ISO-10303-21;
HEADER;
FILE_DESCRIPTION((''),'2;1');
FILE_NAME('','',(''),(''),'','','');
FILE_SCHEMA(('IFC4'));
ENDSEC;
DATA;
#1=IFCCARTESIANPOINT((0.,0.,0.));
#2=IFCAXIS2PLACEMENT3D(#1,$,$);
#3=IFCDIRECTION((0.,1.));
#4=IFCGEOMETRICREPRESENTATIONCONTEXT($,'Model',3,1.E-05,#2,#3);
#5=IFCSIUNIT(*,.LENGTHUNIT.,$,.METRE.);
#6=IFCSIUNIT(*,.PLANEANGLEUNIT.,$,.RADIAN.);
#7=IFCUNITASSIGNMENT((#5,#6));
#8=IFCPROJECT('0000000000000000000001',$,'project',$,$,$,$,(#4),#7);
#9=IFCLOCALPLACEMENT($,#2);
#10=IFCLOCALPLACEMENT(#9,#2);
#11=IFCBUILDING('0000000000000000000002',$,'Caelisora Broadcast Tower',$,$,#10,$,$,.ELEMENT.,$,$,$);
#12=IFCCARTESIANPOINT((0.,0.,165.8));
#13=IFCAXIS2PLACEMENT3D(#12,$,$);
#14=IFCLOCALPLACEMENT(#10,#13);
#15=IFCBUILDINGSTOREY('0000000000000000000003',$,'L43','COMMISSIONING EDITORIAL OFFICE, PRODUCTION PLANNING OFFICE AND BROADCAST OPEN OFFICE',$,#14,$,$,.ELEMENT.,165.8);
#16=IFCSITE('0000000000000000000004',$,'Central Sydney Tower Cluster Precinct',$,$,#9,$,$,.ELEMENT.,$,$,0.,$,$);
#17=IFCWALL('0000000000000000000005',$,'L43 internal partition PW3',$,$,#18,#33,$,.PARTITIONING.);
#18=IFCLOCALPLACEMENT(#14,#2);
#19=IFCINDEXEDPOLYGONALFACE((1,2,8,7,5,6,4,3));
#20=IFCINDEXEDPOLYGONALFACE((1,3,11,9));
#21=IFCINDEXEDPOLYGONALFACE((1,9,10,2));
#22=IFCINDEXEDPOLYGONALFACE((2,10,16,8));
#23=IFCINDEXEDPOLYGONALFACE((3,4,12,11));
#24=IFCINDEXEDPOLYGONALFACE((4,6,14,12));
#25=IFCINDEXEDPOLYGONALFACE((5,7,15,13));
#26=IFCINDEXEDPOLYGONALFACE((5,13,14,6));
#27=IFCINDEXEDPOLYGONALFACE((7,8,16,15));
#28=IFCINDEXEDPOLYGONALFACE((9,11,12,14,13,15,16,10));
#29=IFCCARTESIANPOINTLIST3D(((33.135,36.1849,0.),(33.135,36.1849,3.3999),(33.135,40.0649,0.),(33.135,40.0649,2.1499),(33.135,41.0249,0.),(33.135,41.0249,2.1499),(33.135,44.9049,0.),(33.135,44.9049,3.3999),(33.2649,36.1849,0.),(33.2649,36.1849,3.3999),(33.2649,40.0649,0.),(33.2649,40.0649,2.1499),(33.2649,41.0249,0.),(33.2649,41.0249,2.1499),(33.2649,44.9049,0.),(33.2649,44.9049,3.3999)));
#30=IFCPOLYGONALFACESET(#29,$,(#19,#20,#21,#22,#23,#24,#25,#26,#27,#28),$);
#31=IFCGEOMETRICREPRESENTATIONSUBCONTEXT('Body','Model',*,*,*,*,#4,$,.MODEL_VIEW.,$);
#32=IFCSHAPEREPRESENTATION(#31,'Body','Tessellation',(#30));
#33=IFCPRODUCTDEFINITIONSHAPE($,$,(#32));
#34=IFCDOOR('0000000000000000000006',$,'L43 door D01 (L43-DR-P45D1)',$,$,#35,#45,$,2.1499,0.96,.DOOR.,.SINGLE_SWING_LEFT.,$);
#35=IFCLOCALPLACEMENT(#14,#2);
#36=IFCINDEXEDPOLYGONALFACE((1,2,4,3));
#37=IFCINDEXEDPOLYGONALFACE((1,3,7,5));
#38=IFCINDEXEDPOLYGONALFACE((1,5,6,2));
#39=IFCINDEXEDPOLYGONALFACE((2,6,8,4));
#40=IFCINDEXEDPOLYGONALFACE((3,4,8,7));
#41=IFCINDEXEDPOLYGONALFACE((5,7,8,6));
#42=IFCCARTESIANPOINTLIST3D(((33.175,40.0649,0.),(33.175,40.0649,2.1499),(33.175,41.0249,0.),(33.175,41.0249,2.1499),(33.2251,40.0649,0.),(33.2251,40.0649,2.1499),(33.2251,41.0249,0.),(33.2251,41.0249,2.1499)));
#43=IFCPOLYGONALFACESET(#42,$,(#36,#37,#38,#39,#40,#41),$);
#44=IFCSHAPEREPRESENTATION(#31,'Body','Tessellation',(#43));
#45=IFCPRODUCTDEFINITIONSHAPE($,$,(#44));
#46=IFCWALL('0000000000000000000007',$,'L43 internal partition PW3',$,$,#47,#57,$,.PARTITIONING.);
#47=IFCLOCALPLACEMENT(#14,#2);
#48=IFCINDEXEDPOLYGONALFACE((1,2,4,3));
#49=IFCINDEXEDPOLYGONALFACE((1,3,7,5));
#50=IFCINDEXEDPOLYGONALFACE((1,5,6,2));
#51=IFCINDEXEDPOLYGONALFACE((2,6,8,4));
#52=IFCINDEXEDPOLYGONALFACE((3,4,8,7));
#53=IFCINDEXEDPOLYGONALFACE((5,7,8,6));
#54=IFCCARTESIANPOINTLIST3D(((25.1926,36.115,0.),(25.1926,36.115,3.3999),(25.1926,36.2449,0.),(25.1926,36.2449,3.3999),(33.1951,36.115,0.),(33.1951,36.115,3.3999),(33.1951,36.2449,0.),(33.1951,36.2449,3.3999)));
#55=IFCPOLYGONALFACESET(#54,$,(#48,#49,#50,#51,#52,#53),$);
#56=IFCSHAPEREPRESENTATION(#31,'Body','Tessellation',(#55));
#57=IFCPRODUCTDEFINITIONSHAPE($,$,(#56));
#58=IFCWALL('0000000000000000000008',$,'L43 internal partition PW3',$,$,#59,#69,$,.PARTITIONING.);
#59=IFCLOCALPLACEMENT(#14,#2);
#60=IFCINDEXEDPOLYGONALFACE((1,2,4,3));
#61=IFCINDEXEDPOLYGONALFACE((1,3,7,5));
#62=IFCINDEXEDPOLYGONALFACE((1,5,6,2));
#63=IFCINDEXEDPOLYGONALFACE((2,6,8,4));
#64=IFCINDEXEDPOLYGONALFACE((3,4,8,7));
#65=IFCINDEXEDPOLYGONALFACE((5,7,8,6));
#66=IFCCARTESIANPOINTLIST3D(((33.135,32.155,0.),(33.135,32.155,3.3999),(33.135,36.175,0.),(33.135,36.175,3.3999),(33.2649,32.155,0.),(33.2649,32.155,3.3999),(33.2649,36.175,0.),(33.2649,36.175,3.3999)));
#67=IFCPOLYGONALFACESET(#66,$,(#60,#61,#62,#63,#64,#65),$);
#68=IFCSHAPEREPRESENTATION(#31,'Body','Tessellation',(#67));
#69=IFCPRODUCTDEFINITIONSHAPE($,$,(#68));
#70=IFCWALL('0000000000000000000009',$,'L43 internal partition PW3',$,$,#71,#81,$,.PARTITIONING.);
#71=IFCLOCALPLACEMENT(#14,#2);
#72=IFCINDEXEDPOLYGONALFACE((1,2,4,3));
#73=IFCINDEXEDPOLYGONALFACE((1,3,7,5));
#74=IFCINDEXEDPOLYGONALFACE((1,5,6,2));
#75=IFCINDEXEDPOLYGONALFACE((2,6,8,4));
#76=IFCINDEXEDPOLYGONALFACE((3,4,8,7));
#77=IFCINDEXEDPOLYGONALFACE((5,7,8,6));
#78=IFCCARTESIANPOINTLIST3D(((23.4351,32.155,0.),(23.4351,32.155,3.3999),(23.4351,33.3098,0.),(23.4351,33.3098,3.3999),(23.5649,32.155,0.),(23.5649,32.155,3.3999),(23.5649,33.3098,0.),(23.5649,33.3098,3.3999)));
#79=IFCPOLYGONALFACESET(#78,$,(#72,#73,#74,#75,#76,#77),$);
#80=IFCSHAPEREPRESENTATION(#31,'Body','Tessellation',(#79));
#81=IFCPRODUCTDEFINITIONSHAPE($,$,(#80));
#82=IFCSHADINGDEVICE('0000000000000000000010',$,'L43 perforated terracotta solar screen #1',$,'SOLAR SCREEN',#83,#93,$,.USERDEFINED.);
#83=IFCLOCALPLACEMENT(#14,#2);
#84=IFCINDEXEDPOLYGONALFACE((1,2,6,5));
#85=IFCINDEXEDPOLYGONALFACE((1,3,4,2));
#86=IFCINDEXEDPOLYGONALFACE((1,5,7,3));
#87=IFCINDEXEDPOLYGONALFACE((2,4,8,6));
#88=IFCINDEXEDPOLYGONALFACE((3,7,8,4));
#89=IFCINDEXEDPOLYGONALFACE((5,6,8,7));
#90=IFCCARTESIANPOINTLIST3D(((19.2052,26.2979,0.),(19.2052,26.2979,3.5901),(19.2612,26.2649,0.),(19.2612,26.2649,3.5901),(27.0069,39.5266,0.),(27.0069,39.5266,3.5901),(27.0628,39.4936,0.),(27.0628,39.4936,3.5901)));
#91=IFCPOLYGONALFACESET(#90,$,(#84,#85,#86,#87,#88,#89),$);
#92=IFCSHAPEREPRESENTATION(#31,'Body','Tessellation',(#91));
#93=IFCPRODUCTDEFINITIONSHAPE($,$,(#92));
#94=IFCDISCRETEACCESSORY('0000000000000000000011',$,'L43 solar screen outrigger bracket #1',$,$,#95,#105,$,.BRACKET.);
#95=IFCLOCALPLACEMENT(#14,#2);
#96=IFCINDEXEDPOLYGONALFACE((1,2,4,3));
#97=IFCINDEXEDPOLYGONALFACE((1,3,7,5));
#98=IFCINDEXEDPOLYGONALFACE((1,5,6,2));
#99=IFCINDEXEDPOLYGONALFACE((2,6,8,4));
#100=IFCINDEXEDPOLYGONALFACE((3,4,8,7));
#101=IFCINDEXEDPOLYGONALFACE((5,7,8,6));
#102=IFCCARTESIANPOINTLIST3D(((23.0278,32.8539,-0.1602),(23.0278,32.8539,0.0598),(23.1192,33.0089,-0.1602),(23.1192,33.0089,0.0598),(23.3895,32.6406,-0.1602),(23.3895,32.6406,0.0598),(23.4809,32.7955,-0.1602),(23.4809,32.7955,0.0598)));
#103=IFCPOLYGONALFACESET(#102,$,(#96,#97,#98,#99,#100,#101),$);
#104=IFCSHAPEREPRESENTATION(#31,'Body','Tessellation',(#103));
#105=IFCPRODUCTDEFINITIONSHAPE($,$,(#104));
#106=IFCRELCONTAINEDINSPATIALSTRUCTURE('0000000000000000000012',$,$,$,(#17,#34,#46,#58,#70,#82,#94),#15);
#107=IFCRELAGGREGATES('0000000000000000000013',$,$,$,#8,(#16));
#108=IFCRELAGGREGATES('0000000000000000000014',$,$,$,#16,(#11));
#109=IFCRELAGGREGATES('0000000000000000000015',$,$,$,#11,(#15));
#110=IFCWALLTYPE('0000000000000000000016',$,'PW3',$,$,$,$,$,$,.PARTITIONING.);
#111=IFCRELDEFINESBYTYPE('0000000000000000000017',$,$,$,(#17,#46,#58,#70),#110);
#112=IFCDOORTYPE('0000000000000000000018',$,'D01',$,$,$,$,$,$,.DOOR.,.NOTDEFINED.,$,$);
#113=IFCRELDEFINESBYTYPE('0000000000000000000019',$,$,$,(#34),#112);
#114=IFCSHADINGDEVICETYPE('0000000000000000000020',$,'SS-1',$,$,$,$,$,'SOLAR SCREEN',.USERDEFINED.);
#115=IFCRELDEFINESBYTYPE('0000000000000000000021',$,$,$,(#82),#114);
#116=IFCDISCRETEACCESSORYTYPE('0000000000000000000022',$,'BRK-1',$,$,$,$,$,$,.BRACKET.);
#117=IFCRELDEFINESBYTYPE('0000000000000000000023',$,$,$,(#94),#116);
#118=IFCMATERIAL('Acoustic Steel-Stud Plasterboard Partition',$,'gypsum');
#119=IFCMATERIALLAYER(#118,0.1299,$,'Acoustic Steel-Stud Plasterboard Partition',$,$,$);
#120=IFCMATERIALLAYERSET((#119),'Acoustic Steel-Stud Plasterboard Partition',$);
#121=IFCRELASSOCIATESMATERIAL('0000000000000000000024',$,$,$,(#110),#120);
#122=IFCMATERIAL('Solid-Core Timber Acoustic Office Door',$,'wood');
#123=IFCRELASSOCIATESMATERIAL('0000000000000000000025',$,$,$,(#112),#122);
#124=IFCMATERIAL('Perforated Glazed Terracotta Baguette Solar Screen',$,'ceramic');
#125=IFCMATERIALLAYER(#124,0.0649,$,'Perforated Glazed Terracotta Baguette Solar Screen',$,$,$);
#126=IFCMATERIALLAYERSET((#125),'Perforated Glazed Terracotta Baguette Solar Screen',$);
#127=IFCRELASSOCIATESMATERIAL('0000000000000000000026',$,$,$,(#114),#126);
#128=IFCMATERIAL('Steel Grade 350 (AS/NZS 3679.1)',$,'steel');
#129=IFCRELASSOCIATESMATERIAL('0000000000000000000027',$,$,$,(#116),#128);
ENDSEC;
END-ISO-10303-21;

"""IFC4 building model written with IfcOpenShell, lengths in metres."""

from ifc_helpers import new_model, si_unit, direction, frame, frame_2d, origin, origin_2d, place, context, subcontext, project, spatial, rectangle, extrude, source, transform, mapped, material, layer, layer_set, type_object, type_shapes, element, fill, save


model = new_model("IFC4")

# Units and contexts
model_context = context("Model", 3, precision=1e-05, world=origin(), true_north=direction((0.0, 1.0)))
body_context = subcontext(model_context, "Body", "Model", "MODEL_VIEW")
ifc_project = project(units=[si_unit("LENGTHUNIT", "METRE"), si_unit("PLANEANGLEUNIT", "RADIAN")], contexts=[model_context])

# Site, building, storey
site_placement = place(None, origin())
site = spatial("IfcSite", under=ifc_project, at=site_placement, Name="Central Sydney Tower Cluster Precinct", CompositionType="ELEMENT", RefElevation=0.0)
building_placement = place(site_placement, origin())
building = spatial("IfcBuilding", under=site, at=building_placement, Name="Caelisora Broadcast Tower", CompositionType="ELEMENT")
storey_placement = place(building_placement, frame((0.0, 0.0, 165.8)))
storey = spatial("IfcBuildingStorey", under=building, at=storey_placement, Name="L43", Description="COMMISSIONING EDITORIAL OFFICE, PRODUCTION PLANNING OFFICE AND BROADCAST OPEN OFFICE", CompositionType="ELEMENT", Elevation=165.8)

# Shared definitions
ifc_material_1 = material(Name="Steel Grade 350 (AS/NZS 3679.1)", Category="steel")

# Wall, opening, door
ifc_material_2 = material(Name="Acoustic Steel-Stud Plasterboard Partition", Category="gypsum")
ifc_layer_1 = layer(ifc_material_2, 0.1299, Name="Acoustic Steel-Stud Plasterboard Partition")
ifc_layer_set_1 = layer_set([ifc_layer_1], Name="Acoustic Steel-Stud Plasterboard Partition")
wall_type = type_object("IfcWallType", Name="PW3", PredefinedType="PARTITIONING", material=ifc_layer_set_1)
ifc_material_3 = material(Name="Solid-Core Timber Acoustic Office Door", Category="wood")
door_type = type_object("IfcDoorType", Name="D01", OperationType="NOTDEFINED", PredefinedType="DOOR", material=ifc_material_3)
wall_1_placement = place(storey_placement, frame((33.2, 36.1851, 0.0), z_axis=(0.0, 0.0, 1.0), x_axis=(0.0, 1.0, 0.0)))
wall_1 = element("IfcWall", 1, at=wall_1_placement, inside=storey, type_object=wall_type, Name="L43 internal partition PW3", PredefinedType="PARTITIONING", context=body_context, shape_type="SweptSolid", body=[
    extrude(rectangle(XDim=8.72, YDim=0.1299, at=frame_2d((4.3599, 0.0))), origin(), (0.0, 0.0, 1.0), 3.3999),
])
opening_1_placement = place(wall_1_placement, frame((3.8799, 0.0, 0.0)))
opening_1 = element("IfcOpeningElement", 2, at=opening_1_placement, cuts=wall_1, PredefinedType="OPENING", context=body_context, shape_type="SweptSolid", body=[
    extrude(rectangle(XDim=0.96, YDim=2.1499, at=frame_2d((0.48, 1.075))), frame((0.0, 0.0769, 0.0), z_axis=(0.0, -1.0, 0.0), x_axis=(1.0, 0.0, 0.0)), (0.0, 0.0, 1.0), 0.1538),
])
door_1_placement = place(opening_1_placement, origin())
door_1 = element("IfcDoor", 3, at=door_1_placement, inside=storey, type_object=door_type, Name="L43 door D01 (L43-DR-P45D1)", OperationType="SINGLE_SWING_LEFT", OverallHeight=2.1499, OverallWidth=0.96, PredefinedType="DOOR", context=body_context, shape_type="SweptSolid", body=[
    extrude(rectangle(XDim=0.96, YDim=2.1499, at=frame_2d((0.48, 1.075))), frame((0.0, 0.0249, 0.0), z_axis=(0.0, -1.0, 0.0), x_axis=(1.0, 0.0, 0.0)), (0.0, 0.0, 1.0), 0.05),
])
fill(opening_1, door_1)

# Walls
wall_2_placement = place(storey_placement, frame((25.1926, 36.1799, 0.0), z_axis=(0.0, 0.0, 1.0), x_axis=(1.0, 0.0, 0.0)))
element("IfcWall", 4, at=wall_2_placement, inside=storey, type_object=wall_type, Name="L43 internal partition PW3", PredefinedType="PARTITIONING", context=body_context, shape_type="SweptSolid", body=[
    extrude(rectangle(XDim=8.0024, YDim=0.1299, at=frame_2d((4.0012, 0.0))), origin(), (0.0, 0.0, 1.0), 3.3999),
])
wall_3_placement = place(storey_placement, frame((33.2, 32.155, 0.0), z_axis=(0.0, 0.0, 1.0), x_axis=(0.0, 1.0, 0.0)))
element("IfcWall", 5, at=wall_3_placement, inside=storey, type_object=wall_type, Name="L43 internal partition PW3", PredefinedType="PARTITIONING", context=body_context, shape_type="SweptSolid", body=[
    extrude(rectangle(XDim=4.02, YDim=0.1299, at=frame_2d((2.01, 0.0))), origin(), (0.0, 0.0, 1.0), 3.3999),
])
wall_4_placement = place(storey_placement, frame((23.5, 32.155, 0.0), z_axis=(0.0, 0.0, 1.0), x_axis=(0.0, 1.0, 0.0)))
element("IfcWall", 6, at=wall_4_placement, inside=storey, type_object=wall_type, Name="L43 internal partition PW3", PredefinedType="PARTITIONING", context=body_context, shape_type="SweptSolid", body=[
    extrude(rectangle(XDim=1.1548, YDim=0.1299, at=frame_2d((0.5774, 0.0))), origin(), (0.0, 0.0, 1.0), 3.3999),
])

# Shading device
ifc_material_4 = material(Name="Perforated Glazed Terracotta Baguette Solar Screen", Category="ceramic")
ifc_layer_2 = layer(ifc_material_4, 0.0649, Name="Perforated Glazed Terracotta Baguette Solar Screen")
ifc_layer_set_2 = layer_set([ifc_layer_2], Name="Perforated Glazed Terracotta Baguette Solar Screen")
shading_device_type = type_object("IfcShadingDeviceType", Name="SS-1", ElementType="SOLAR SCREEN", PredefinedType="USERDEFINED", material=ifc_layer_set_2)
shared_shape_1 = source(origin(), body_context, "Body", "SweptSolid", [
    extrude(rectangle(XDim=15.3579, YDim=0.0649, at=origin_2d()), origin(), (0.0, 0.0, 1.0), 3.5901),
])
type_shapes(shading_device_type, [shared_shape_1])
shading_device_placement = place(storey_placement, frame((23.134, 32.8958, 0.0), z_axis=(0.0, 0.0, 1.0), x_axis=(-0.507989, -0.861363, 0.0)))
element("IfcShadingDevice", 7, at=shading_device_placement, inside=storey, type_object=shading_device_type, Name="L43 perforated terracotta solar screen #1", ObjectType="SOLAR SCREEN", PredefinedType="USERDEFINED", context=body_context, shape_type="MappedRepresentation", body=[
    mapped(shared_shape_1, transform((0.0, 0.0, 0.0), scale=1.0)),
])

# Discrete accessory
discrete_accessory_type = type_object("IfcDiscreteAccessoryType", Name="BRK-1", PredefinedType="BRACKET", material=ifc_material_1)
shared_shape_2 = source(origin(), body_context, "Body", "SweptSolid", [
    extrude(rectangle(XDim=0.1799, YDim=0.4199, at=origin_2d()), origin(), (0.0, 0.0, 1.0), 0.22),
])
type_shapes(discrete_accessory_type, [shared_shape_2])
discrete_accessory_placement = place(storey_placement, frame((23.2544, 32.8247, -0.1602), z_axis=(0.0, 0.0, 1.0), x_axis=(-0.507989, -0.861363, 0.0)))
element("IfcDiscreteAccessory", 8, at=discrete_accessory_placement, inside=storey, type_object=discrete_accessory_type, Name="L43 solar screen outrigger bracket #1", PredefinedType="BRACKET", context=body_context, shape_type="MappedRepresentation", body=[
    mapped(shared_shape_2, transform((0.0, 0.0, 0.0), scale=1.0)),
])

save(model, "model.ifc")
